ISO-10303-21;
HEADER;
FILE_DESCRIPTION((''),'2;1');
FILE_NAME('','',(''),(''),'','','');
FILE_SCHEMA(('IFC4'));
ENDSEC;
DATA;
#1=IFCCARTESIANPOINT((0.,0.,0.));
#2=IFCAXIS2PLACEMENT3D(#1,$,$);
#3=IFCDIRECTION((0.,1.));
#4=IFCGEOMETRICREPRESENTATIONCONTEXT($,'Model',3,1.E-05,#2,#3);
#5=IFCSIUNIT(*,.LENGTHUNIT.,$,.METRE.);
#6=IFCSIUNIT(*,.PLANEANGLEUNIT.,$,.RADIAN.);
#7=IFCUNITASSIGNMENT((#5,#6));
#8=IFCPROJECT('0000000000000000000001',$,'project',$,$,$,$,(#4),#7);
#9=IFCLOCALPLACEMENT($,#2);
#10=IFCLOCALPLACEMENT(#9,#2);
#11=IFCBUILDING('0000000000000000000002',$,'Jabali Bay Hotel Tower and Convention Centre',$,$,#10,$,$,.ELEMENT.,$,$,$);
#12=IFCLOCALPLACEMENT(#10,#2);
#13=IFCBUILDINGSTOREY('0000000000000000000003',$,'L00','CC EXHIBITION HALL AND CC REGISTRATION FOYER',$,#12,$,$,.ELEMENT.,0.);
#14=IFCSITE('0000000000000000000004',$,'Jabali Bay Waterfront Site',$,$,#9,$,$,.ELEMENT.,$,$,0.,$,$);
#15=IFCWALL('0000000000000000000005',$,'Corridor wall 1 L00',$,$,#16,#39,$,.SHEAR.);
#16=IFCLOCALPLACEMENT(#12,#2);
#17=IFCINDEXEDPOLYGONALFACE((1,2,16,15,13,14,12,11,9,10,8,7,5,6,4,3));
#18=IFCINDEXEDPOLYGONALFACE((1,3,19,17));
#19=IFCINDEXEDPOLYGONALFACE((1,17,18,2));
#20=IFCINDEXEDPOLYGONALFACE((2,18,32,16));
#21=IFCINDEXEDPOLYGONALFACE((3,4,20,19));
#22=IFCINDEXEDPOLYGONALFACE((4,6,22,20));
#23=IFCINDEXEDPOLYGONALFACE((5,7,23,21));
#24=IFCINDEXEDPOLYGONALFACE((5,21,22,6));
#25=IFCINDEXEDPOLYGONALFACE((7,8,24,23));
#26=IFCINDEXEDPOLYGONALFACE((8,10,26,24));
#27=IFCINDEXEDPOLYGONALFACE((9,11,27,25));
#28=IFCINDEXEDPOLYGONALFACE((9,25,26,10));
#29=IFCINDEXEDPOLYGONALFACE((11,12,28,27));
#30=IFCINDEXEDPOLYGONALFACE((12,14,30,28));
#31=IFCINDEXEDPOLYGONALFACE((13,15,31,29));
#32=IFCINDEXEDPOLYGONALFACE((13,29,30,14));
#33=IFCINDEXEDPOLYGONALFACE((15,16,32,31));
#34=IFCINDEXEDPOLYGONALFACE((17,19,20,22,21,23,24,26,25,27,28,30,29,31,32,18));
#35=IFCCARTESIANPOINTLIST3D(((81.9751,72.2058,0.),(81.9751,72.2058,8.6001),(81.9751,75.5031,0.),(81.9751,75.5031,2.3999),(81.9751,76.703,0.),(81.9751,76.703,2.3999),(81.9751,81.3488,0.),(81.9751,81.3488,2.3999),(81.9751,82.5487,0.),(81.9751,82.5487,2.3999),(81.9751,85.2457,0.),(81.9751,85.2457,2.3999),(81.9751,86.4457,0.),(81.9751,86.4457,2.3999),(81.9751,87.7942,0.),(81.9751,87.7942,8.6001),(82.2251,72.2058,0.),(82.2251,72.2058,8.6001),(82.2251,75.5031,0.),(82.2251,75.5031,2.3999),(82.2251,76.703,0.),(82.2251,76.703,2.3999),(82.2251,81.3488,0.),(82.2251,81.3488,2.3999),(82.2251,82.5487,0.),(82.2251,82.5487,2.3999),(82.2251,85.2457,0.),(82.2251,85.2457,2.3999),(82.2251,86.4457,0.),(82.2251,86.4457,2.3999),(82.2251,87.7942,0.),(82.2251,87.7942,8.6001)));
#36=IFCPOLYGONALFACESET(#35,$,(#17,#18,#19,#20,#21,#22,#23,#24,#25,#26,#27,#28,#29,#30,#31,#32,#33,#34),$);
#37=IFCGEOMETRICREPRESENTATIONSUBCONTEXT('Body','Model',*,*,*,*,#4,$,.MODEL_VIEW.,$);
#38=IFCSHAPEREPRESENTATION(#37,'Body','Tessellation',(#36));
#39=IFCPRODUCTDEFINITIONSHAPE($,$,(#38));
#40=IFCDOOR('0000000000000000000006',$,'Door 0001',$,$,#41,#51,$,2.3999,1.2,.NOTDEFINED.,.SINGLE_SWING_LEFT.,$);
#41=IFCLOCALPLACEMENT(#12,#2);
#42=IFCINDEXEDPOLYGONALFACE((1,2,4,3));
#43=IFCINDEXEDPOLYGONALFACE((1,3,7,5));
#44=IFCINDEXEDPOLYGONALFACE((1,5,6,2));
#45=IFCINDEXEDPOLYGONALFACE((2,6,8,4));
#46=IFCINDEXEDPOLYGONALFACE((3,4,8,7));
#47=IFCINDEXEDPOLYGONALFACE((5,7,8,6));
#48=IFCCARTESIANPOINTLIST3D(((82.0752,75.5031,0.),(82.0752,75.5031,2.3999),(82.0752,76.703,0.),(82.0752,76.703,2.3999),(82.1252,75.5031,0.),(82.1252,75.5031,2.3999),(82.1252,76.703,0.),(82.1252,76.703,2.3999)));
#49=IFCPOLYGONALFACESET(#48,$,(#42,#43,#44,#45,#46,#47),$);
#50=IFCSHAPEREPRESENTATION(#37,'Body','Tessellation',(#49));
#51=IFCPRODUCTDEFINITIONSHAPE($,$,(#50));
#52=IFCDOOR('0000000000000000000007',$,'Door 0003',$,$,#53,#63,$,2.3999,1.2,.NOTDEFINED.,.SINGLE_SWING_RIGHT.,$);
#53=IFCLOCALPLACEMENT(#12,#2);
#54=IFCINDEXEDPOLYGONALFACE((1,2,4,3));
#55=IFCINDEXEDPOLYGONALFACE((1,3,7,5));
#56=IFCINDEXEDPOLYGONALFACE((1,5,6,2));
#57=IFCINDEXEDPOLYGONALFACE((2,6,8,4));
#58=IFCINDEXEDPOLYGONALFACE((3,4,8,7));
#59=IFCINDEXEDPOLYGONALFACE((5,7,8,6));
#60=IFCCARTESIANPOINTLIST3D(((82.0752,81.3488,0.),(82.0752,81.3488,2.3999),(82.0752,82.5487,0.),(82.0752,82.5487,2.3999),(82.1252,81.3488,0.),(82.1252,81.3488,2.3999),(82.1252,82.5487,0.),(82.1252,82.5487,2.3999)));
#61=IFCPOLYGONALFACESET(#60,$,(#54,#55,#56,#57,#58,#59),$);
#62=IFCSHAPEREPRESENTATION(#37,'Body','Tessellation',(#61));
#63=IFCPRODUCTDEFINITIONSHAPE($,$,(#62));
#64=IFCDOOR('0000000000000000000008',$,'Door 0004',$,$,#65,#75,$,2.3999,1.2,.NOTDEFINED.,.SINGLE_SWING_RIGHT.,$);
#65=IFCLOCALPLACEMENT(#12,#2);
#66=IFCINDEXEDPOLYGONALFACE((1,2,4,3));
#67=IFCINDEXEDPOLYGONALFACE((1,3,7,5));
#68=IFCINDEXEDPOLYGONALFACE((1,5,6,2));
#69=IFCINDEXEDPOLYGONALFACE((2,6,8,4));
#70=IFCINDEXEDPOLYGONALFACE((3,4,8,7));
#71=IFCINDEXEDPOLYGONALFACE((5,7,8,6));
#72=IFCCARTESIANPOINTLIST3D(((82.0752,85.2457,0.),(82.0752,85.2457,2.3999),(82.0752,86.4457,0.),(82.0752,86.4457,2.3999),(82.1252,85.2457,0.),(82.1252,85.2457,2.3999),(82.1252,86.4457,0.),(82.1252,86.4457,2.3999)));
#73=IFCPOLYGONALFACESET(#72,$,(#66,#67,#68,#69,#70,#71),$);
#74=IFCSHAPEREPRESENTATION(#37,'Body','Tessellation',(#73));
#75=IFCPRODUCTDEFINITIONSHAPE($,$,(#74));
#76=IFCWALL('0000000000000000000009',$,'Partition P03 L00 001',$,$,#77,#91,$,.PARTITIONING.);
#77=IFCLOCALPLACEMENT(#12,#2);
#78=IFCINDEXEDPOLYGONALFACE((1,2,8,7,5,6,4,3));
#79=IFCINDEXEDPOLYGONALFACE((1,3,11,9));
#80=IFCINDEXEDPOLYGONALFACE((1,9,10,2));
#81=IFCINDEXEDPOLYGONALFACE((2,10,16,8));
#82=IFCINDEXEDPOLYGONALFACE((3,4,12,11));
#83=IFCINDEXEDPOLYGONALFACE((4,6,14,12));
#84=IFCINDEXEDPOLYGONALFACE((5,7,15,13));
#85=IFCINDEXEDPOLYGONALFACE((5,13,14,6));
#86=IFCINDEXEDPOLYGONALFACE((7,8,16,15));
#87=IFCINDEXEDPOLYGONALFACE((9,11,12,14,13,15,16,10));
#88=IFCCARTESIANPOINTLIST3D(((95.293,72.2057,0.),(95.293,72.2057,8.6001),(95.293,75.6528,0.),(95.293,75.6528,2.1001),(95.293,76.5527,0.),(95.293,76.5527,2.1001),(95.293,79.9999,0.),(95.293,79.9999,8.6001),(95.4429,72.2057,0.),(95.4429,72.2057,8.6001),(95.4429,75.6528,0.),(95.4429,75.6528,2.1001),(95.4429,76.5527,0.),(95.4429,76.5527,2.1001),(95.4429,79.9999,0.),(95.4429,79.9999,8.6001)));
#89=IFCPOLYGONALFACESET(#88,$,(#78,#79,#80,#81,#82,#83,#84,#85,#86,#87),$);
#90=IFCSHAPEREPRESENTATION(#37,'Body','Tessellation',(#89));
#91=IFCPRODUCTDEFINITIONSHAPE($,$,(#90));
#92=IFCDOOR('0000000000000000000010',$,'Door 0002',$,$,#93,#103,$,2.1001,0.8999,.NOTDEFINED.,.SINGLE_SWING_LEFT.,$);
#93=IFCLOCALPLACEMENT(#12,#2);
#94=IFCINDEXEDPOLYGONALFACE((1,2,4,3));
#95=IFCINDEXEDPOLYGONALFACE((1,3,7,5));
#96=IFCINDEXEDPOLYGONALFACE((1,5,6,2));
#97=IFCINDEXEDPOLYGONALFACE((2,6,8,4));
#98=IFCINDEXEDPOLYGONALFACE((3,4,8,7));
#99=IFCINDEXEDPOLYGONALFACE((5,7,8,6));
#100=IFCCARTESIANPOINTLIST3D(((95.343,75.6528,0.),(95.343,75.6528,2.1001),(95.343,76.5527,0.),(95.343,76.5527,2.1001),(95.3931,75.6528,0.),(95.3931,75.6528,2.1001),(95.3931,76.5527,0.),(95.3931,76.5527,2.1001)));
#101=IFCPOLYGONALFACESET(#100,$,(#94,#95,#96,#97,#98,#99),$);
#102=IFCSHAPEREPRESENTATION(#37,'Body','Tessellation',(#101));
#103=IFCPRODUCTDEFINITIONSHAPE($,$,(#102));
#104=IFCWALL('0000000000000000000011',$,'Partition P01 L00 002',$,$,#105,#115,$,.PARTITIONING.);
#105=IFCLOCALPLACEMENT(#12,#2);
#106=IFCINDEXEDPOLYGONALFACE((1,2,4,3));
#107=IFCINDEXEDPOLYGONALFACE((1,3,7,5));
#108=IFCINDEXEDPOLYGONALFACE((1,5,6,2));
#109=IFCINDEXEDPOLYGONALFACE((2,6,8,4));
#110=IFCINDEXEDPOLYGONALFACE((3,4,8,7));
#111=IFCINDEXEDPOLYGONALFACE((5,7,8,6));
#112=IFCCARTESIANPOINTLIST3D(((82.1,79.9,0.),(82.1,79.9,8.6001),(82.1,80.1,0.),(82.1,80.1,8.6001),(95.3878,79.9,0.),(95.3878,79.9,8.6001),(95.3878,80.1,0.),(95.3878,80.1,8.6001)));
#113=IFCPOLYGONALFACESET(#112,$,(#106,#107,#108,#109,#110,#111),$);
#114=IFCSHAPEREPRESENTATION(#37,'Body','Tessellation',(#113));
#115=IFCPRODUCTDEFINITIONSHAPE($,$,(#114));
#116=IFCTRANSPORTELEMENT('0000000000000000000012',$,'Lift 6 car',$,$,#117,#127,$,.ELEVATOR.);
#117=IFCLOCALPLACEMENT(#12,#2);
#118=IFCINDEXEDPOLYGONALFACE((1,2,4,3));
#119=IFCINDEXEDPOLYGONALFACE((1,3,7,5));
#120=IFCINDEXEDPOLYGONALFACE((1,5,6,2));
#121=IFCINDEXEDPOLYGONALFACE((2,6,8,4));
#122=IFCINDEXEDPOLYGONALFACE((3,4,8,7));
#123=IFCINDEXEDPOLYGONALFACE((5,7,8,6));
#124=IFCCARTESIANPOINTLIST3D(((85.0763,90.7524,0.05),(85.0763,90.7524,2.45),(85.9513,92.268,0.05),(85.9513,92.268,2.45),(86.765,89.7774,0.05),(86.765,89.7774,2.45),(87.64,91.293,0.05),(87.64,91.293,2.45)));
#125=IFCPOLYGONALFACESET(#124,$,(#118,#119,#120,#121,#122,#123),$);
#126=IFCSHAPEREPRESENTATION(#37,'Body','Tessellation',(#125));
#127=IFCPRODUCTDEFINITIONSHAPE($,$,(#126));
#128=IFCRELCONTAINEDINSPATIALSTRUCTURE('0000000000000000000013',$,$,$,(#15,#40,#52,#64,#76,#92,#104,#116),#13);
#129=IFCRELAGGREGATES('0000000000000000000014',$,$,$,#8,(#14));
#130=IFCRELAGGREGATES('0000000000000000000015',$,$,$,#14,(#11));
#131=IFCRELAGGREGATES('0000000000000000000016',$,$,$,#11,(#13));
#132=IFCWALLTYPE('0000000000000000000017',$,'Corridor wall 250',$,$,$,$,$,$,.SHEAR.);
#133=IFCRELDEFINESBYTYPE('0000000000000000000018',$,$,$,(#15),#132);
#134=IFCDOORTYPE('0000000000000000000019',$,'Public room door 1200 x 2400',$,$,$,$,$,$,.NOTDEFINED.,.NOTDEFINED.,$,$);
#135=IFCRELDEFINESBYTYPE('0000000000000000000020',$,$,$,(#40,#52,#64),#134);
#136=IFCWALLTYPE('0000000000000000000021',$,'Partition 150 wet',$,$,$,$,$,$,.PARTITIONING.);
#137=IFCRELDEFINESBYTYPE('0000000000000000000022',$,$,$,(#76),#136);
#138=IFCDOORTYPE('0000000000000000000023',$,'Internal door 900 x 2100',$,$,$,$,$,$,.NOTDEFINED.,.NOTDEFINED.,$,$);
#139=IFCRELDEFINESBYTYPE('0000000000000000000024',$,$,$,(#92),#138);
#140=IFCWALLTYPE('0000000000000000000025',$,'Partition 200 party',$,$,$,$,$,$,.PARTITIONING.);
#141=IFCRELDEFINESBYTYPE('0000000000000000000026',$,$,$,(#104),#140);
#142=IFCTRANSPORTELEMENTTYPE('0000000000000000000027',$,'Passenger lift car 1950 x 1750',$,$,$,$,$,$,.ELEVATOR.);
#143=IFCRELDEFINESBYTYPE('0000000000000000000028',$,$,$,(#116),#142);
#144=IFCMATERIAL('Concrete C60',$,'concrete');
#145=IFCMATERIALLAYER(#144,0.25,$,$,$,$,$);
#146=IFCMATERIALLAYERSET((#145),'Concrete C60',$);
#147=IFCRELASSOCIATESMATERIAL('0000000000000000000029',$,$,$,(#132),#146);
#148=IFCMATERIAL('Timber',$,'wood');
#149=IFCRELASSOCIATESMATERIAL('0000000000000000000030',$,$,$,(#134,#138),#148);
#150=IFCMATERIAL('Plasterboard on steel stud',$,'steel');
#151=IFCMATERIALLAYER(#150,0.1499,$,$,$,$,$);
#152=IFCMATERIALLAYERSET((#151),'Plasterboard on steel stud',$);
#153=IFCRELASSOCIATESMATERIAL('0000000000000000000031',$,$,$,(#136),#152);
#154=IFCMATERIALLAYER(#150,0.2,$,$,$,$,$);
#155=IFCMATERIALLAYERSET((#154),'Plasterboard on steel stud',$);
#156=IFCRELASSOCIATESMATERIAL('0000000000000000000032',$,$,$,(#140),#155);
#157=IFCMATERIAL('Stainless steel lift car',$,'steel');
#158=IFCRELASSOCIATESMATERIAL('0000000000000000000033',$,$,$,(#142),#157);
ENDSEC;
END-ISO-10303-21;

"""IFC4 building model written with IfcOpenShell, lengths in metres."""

from ifc_helpers import new_model, si_unit, direction, frame, frame_2d, origin, origin_2d, place, context, subcontext, project, spatial, rectangle, extrude, material, layer, layer_set, type_object, element, fill, save


model = new_model("IFC4")

# Units and contexts
model_context = context("Model", 3, precision=1e-05, world=origin(), true_north=direction((0.0, 1.0)))
body_context = subcontext(model_context, "Body", "Model", "MODEL_VIEW")
ifc_project = project(units=[si_unit("LENGTHUNIT", "METRE"), si_unit("PLANEANGLEUNIT", "RADIAN")], contexts=[model_context])

# Site, building, storey
site_placement = place(None, origin())
site = spatial("IfcSite", under=ifc_project, at=site_placement, Name="Jabali Bay Waterfront Site", CompositionType="ELEMENT", RefElevation=0.0)
building_placement = place(site_placement, origin())
building = spatial("IfcBuilding", under=site, at=building_placement, Name="Jabali Bay Hotel Tower and Convention Centre", CompositionType="ELEMENT")
storey_placement = place(building_placement, origin())
storey = spatial("IfcBuildingStorey", under=building, at=storey_placement, Name="L00", Description="CC EXHIBITION HALL AND CC REGISTRATION FOYER", CompositionType="ELEMENT", Elevation=0.0)

# Shared definitions
ifc_material_1 = material(Name="Concrete C60", Category="concrete")

# Wall, openings, doors
ifc_layer_1 = layer(ifc_material_1, 0.25)
ifc_layer_set_1 = layer_set([ifc_layer_1], Name="Concrete C60")
wall_type_1 = type_object("IfcWallType", Name="Corridor wall 250", PredefinedType="SHEAR", material=ifc_layer_set_1)
wall_1_placement = place(storey_placement, frame((82.1001, 72.2058, 0.0), z_axis=(0.0, 0.0, 1.0), x_axis=(0.0, 1.0, 0.0)))
wall_1 = element("IfcWall", 1, at=wall_1_placement, inside=storey, type_object=wall_type_1, Name="Corridor wall 1 L00", PredefinedType="SHEAR", context=body_context, shape_type="SweptSolid", body=[
    extrude(rectangle(XDim=15.5884, YDim=0.25, at=frame_2d((7.7942, 0.0))), origin(), (0.0, 0.0, 1.0), 8.6001),
])
opening_1_placement = place(wall_1_placement, frame((3.2971, 0.0, 0.0)))
opening_1 = element("IfcOpeningElement", 2, at=opening_1_placement, cuts=wall_1, PredefinedType="OPENING", context=body_context, shape_type="SweptSolid", body=[
    extrude(rectangle(XDim=1.2, YDim=2.3999, at=frame_2d((0.6001, 1.2))), frame((0.0, 0.1355, 0.0), z_axis=(0.0, -1.0, 0.0), x_axis=(1.0, 0.0, 0.0)), (0.0, 0.0, 1.0), 0.271),
])
opening_2_placement = place(wall_1_placement, frame((9.1428, 0.0, 0.0)))
opening_2 = element("IfcOpeningElement", 3, at=opening_2_placement, cuts=wall_1, PredefinedType="OPENING", context=body_context, shape_type="SweptSolid", body=[
    extrude(rectangle(XDim=1.2, YDim=2.3999, at=frame_2d((0.6001, 1.2))), frame((0.0, 0.1355, 0.0), z_axis=(0.0, -1.0, 0.0), x_axis=(1.0, 0.0, 0.0)), (0.0, 0.0, 1.0), 0.271),
])
opening_3_placement = place(wall_1_placement, frame((13.0398, 0.0, 0.0)))
opening_3 = element("IfcOpeningElement", 4, at=opening_3_placement, cuts=wall_1, PredefinedType="OPENING", context=body_context, shape_type="SweptSolid", body=[
    extrude(rectangle(XDim=1.2, YDim=2.3999, at=frame_2d((0.6001, 1.2))), frame((0.0, 0.1355, 0.0), z_axis=(0.0, -1.0, 0.0), x_axis=(1.0, 0.0, 0.0)), (0.0, 0.0, 1.0), 0.271),
])
ifc_material_2 = material(Name="Timber", Category="wood")
door_type_1 = type_object("IfcDoorType", Name="Public room door 1200 x 2400", OperationType="NOTDEFINED", PredefinedType="NOTDEFINED", material=ifc_material_2)
door_1_placement = place(opening_1_placement, origin())
door_1 = element("IfcDoor", 5, at=door_1_placement, inside=storey, type_object=door_type_1, Name="Door 0001", OperationType="SINGLE_SWING_LEFT", OverallHeight=2.3999, OverallWidth=1.2, PredefinedType="NOTDEFINED", context=body_context, shape_type="SweptSolid", body=[
    extrude(rectangle(XDim=1.2, YDim=2.3999, at=frame_2d((0.6001, 1.2))), frame((0.0, 0.0249, 0.0), z_axis=(0.0, -1.0, 0.0), x_axis=(1.0, 0.0, 0.0)), (0.0, 0.0, 1.0), 0.05),
])
fill(opening_1, door_1)
door_2_placement = place(opening_2_placement, origin())
door_2 = element("IfcDoor", 6, at=door_2_placement, inside=storey, type_object=door_type_1, Name="Door 0003", OperationType="SINGLE_SWING_RIGHT", OverallHeight=2.3999, OverallWidth=1.2, PredefinedType="NOTDEFINED", context=body_context, shape_type="SweptSolid", body=[
    extrude(rectangle(XDim=1.2, YDim=2.3999, at=frame_2d((0.6001, 1.2))), frame((0.0, 0.0249, 0.0), z_axis=(0.0, -1.0, 0.0), x_axis=(1.0, 0.0, 0.0)), (0.0, 0.0, 1.0), 0.05),
])
fill(opening_2, door_2)
door_3_placement = place(opening_3_placement, origin())
door_3 = element("IfcDoor", 7, at=door_3_placement, inside=storey, type_object=door_type_1, Name="Door 0004", OperationType="SINGLE_SWING_RIGHT", OverallHeight=2.3999, OverallWidth=1.2, PredefinedType="NOTDEFINED", context=body_context, shape_type="SweptSolid", body=[
    extrude(rectangle(XDim=1.2, YDim=2.3999, at=frame_2d((0.6001, 1.2))), frame((0.0, 0.0249, 0.0), z_axis=(0.0, -1.0, 0.0), x_axis=(1.0, 0.0, 0.0)), (0.0, 0.0, 1.0), 0.05),
])
fill(opening_3, door_3)

# Wall, opening, door
ifc_material_3 = material(Name="Plasterboard on steel stud", Category="steel")
ifc_layer_2 = layer(ifc_material_3, 0.1499)
ifc_layer_set_2 = layer_set([ifc_layer_2], Name="Plasterboard on steel stud")
wall_type_2 = type_object("IfcWallType", Name="Partition 150 wet", PredefinedType="PARTITIONING", material=ifc_layer_set_2)
wall_2_placement = place(storey_placement, frame((95.3679, 72.2058, 0.0), z_axis=(0.0, 0.0, 1.0), x_axis=(0.0, 1.0, 0.0)))
wall_2 = element("IfcWall", 8, at=wall_2_placement, inside=storey, type_object=wall_type_2, Name="Partition P03 L00 001", PredefinedType="PARTITIONING", context=body_context, shape_type="SweptSolid", body=[
    extrude(rectangle(XDim=7.7942, YDim=0.1499, at=frame_2d((3.897, 0.0))), origin(), (0.0, 0.0, 1.0), 8.6001),
])
opening_4_placement = place(wall_2_placement, frame((3.447, 0.0, 0.0)))
opening_4 = element("IfcOpeningElement", 9, at=opening_4_placement, cuts=wall_2, PredefinedType="OPENING", context=body_context, shape_type="SweptSolid", body=[
    extrude(rectangle(XDim=0.8999, YDim=2.1001, at=frame_2d((0.45, 1.05))), frame((0.0, 0.0854, 0.0), z_axis=(0.0, -1.0, 0.0), x_axis=(1.0, 0.0, 0.0)), (0.0, 0.0, 1.0), 0.1709),
])
door_type_2 = type_object("IfcDoorType", Name="Internal door 900 x 2100", OperationType="NOTDEFINED", PredefinedType="NOTDEFINED", material=ifc_material_2)
door_4_placement = place(opening_4_placement, origin())
door_4 = element("IfcDoor", 10, at=door_4_placement, inside=storey, type_object=door_type_2, Name="Door 0002", OperationType="SINGLE_SWING_LEFT", OverallHeight=2.1001, OverallWidth=0.8999, PredefinedType="NOTDEFINED", context=body_context, shape_type="SweptSolid", body=[
    extrude(rectangle(XDim=0.8999, YDim=2.1001, at=frame_2d((0.45, 1.05))), frame((0.0, 0.0249, 0.0), z_axis=(0.0, -1.0, 0.0), x_axis=(1.0, 0.0, 0.0)), (0.0, 0.0, 1.0), 0.05),
])
fill(opening_4, door_4)

# Wall
ifc_layer_3 = layer(ifc_material_3, 0.2)
ifc_layer_set_3 = layer_set([ifc_layer_3], Name="Plasterboard on steel stud")
wall_type_3 = type_object("IfcWallType", Name="Partition 200 party", PredefinedType="PARTITIONING", material=ifc_layer_set_3)
wall_3_placement = place(storey_placement, frame((95.3879, 80.0, 0.0), z_axis=(0.0, 0.0, 1.0), x_axis=(-1.0, 0.0, 0.0)))
element("IfcWall", 11, at=wall_3_placement, inside=storey, type_object=wall_type_3, Name="Partition P01 L00 002", PredefinedType="PARTITIONING", context=body_context, shape_type="SweptSolid", body=[
    extrude(rectangle(XDim=13.2878, YDim=0.2, at=frame_2d((6.644, 0.0))), origin(), (0.0, 0.0, 1.0), 8.6001),
])

# Transport element
ifc_material_4 = material(Name="Stainless steel lift car", Category="steel")
transport_element_type = type_object("IfcTransportElementType", Name="Passenger lift car 1950 x 1750", PredefinedType="ELEVATOR", material=ifc_material_4)
transport_element_placement = place(storey_placement, frame((86.3582, 91.0227, 0.05), z_axis=(0.0, 0.0, 1.0), x_axis=(0.5, 0.866025, 0.0)))
element("IfcTransportElement", 12, at=transport_element_placement, inside=storey, type_object=transport_element_type, Name="Lift 6 car", PredefinedType="ELEVATOR", context=body_context, shape_type="SweptSolid", body=[
    extrude(rectangle(XDim=1.75, YDim=1.95, at=origin_2d()), origin(), (0.0, 0.0, 1.0), 2.3999),
])

save(model, "model.ifc")
